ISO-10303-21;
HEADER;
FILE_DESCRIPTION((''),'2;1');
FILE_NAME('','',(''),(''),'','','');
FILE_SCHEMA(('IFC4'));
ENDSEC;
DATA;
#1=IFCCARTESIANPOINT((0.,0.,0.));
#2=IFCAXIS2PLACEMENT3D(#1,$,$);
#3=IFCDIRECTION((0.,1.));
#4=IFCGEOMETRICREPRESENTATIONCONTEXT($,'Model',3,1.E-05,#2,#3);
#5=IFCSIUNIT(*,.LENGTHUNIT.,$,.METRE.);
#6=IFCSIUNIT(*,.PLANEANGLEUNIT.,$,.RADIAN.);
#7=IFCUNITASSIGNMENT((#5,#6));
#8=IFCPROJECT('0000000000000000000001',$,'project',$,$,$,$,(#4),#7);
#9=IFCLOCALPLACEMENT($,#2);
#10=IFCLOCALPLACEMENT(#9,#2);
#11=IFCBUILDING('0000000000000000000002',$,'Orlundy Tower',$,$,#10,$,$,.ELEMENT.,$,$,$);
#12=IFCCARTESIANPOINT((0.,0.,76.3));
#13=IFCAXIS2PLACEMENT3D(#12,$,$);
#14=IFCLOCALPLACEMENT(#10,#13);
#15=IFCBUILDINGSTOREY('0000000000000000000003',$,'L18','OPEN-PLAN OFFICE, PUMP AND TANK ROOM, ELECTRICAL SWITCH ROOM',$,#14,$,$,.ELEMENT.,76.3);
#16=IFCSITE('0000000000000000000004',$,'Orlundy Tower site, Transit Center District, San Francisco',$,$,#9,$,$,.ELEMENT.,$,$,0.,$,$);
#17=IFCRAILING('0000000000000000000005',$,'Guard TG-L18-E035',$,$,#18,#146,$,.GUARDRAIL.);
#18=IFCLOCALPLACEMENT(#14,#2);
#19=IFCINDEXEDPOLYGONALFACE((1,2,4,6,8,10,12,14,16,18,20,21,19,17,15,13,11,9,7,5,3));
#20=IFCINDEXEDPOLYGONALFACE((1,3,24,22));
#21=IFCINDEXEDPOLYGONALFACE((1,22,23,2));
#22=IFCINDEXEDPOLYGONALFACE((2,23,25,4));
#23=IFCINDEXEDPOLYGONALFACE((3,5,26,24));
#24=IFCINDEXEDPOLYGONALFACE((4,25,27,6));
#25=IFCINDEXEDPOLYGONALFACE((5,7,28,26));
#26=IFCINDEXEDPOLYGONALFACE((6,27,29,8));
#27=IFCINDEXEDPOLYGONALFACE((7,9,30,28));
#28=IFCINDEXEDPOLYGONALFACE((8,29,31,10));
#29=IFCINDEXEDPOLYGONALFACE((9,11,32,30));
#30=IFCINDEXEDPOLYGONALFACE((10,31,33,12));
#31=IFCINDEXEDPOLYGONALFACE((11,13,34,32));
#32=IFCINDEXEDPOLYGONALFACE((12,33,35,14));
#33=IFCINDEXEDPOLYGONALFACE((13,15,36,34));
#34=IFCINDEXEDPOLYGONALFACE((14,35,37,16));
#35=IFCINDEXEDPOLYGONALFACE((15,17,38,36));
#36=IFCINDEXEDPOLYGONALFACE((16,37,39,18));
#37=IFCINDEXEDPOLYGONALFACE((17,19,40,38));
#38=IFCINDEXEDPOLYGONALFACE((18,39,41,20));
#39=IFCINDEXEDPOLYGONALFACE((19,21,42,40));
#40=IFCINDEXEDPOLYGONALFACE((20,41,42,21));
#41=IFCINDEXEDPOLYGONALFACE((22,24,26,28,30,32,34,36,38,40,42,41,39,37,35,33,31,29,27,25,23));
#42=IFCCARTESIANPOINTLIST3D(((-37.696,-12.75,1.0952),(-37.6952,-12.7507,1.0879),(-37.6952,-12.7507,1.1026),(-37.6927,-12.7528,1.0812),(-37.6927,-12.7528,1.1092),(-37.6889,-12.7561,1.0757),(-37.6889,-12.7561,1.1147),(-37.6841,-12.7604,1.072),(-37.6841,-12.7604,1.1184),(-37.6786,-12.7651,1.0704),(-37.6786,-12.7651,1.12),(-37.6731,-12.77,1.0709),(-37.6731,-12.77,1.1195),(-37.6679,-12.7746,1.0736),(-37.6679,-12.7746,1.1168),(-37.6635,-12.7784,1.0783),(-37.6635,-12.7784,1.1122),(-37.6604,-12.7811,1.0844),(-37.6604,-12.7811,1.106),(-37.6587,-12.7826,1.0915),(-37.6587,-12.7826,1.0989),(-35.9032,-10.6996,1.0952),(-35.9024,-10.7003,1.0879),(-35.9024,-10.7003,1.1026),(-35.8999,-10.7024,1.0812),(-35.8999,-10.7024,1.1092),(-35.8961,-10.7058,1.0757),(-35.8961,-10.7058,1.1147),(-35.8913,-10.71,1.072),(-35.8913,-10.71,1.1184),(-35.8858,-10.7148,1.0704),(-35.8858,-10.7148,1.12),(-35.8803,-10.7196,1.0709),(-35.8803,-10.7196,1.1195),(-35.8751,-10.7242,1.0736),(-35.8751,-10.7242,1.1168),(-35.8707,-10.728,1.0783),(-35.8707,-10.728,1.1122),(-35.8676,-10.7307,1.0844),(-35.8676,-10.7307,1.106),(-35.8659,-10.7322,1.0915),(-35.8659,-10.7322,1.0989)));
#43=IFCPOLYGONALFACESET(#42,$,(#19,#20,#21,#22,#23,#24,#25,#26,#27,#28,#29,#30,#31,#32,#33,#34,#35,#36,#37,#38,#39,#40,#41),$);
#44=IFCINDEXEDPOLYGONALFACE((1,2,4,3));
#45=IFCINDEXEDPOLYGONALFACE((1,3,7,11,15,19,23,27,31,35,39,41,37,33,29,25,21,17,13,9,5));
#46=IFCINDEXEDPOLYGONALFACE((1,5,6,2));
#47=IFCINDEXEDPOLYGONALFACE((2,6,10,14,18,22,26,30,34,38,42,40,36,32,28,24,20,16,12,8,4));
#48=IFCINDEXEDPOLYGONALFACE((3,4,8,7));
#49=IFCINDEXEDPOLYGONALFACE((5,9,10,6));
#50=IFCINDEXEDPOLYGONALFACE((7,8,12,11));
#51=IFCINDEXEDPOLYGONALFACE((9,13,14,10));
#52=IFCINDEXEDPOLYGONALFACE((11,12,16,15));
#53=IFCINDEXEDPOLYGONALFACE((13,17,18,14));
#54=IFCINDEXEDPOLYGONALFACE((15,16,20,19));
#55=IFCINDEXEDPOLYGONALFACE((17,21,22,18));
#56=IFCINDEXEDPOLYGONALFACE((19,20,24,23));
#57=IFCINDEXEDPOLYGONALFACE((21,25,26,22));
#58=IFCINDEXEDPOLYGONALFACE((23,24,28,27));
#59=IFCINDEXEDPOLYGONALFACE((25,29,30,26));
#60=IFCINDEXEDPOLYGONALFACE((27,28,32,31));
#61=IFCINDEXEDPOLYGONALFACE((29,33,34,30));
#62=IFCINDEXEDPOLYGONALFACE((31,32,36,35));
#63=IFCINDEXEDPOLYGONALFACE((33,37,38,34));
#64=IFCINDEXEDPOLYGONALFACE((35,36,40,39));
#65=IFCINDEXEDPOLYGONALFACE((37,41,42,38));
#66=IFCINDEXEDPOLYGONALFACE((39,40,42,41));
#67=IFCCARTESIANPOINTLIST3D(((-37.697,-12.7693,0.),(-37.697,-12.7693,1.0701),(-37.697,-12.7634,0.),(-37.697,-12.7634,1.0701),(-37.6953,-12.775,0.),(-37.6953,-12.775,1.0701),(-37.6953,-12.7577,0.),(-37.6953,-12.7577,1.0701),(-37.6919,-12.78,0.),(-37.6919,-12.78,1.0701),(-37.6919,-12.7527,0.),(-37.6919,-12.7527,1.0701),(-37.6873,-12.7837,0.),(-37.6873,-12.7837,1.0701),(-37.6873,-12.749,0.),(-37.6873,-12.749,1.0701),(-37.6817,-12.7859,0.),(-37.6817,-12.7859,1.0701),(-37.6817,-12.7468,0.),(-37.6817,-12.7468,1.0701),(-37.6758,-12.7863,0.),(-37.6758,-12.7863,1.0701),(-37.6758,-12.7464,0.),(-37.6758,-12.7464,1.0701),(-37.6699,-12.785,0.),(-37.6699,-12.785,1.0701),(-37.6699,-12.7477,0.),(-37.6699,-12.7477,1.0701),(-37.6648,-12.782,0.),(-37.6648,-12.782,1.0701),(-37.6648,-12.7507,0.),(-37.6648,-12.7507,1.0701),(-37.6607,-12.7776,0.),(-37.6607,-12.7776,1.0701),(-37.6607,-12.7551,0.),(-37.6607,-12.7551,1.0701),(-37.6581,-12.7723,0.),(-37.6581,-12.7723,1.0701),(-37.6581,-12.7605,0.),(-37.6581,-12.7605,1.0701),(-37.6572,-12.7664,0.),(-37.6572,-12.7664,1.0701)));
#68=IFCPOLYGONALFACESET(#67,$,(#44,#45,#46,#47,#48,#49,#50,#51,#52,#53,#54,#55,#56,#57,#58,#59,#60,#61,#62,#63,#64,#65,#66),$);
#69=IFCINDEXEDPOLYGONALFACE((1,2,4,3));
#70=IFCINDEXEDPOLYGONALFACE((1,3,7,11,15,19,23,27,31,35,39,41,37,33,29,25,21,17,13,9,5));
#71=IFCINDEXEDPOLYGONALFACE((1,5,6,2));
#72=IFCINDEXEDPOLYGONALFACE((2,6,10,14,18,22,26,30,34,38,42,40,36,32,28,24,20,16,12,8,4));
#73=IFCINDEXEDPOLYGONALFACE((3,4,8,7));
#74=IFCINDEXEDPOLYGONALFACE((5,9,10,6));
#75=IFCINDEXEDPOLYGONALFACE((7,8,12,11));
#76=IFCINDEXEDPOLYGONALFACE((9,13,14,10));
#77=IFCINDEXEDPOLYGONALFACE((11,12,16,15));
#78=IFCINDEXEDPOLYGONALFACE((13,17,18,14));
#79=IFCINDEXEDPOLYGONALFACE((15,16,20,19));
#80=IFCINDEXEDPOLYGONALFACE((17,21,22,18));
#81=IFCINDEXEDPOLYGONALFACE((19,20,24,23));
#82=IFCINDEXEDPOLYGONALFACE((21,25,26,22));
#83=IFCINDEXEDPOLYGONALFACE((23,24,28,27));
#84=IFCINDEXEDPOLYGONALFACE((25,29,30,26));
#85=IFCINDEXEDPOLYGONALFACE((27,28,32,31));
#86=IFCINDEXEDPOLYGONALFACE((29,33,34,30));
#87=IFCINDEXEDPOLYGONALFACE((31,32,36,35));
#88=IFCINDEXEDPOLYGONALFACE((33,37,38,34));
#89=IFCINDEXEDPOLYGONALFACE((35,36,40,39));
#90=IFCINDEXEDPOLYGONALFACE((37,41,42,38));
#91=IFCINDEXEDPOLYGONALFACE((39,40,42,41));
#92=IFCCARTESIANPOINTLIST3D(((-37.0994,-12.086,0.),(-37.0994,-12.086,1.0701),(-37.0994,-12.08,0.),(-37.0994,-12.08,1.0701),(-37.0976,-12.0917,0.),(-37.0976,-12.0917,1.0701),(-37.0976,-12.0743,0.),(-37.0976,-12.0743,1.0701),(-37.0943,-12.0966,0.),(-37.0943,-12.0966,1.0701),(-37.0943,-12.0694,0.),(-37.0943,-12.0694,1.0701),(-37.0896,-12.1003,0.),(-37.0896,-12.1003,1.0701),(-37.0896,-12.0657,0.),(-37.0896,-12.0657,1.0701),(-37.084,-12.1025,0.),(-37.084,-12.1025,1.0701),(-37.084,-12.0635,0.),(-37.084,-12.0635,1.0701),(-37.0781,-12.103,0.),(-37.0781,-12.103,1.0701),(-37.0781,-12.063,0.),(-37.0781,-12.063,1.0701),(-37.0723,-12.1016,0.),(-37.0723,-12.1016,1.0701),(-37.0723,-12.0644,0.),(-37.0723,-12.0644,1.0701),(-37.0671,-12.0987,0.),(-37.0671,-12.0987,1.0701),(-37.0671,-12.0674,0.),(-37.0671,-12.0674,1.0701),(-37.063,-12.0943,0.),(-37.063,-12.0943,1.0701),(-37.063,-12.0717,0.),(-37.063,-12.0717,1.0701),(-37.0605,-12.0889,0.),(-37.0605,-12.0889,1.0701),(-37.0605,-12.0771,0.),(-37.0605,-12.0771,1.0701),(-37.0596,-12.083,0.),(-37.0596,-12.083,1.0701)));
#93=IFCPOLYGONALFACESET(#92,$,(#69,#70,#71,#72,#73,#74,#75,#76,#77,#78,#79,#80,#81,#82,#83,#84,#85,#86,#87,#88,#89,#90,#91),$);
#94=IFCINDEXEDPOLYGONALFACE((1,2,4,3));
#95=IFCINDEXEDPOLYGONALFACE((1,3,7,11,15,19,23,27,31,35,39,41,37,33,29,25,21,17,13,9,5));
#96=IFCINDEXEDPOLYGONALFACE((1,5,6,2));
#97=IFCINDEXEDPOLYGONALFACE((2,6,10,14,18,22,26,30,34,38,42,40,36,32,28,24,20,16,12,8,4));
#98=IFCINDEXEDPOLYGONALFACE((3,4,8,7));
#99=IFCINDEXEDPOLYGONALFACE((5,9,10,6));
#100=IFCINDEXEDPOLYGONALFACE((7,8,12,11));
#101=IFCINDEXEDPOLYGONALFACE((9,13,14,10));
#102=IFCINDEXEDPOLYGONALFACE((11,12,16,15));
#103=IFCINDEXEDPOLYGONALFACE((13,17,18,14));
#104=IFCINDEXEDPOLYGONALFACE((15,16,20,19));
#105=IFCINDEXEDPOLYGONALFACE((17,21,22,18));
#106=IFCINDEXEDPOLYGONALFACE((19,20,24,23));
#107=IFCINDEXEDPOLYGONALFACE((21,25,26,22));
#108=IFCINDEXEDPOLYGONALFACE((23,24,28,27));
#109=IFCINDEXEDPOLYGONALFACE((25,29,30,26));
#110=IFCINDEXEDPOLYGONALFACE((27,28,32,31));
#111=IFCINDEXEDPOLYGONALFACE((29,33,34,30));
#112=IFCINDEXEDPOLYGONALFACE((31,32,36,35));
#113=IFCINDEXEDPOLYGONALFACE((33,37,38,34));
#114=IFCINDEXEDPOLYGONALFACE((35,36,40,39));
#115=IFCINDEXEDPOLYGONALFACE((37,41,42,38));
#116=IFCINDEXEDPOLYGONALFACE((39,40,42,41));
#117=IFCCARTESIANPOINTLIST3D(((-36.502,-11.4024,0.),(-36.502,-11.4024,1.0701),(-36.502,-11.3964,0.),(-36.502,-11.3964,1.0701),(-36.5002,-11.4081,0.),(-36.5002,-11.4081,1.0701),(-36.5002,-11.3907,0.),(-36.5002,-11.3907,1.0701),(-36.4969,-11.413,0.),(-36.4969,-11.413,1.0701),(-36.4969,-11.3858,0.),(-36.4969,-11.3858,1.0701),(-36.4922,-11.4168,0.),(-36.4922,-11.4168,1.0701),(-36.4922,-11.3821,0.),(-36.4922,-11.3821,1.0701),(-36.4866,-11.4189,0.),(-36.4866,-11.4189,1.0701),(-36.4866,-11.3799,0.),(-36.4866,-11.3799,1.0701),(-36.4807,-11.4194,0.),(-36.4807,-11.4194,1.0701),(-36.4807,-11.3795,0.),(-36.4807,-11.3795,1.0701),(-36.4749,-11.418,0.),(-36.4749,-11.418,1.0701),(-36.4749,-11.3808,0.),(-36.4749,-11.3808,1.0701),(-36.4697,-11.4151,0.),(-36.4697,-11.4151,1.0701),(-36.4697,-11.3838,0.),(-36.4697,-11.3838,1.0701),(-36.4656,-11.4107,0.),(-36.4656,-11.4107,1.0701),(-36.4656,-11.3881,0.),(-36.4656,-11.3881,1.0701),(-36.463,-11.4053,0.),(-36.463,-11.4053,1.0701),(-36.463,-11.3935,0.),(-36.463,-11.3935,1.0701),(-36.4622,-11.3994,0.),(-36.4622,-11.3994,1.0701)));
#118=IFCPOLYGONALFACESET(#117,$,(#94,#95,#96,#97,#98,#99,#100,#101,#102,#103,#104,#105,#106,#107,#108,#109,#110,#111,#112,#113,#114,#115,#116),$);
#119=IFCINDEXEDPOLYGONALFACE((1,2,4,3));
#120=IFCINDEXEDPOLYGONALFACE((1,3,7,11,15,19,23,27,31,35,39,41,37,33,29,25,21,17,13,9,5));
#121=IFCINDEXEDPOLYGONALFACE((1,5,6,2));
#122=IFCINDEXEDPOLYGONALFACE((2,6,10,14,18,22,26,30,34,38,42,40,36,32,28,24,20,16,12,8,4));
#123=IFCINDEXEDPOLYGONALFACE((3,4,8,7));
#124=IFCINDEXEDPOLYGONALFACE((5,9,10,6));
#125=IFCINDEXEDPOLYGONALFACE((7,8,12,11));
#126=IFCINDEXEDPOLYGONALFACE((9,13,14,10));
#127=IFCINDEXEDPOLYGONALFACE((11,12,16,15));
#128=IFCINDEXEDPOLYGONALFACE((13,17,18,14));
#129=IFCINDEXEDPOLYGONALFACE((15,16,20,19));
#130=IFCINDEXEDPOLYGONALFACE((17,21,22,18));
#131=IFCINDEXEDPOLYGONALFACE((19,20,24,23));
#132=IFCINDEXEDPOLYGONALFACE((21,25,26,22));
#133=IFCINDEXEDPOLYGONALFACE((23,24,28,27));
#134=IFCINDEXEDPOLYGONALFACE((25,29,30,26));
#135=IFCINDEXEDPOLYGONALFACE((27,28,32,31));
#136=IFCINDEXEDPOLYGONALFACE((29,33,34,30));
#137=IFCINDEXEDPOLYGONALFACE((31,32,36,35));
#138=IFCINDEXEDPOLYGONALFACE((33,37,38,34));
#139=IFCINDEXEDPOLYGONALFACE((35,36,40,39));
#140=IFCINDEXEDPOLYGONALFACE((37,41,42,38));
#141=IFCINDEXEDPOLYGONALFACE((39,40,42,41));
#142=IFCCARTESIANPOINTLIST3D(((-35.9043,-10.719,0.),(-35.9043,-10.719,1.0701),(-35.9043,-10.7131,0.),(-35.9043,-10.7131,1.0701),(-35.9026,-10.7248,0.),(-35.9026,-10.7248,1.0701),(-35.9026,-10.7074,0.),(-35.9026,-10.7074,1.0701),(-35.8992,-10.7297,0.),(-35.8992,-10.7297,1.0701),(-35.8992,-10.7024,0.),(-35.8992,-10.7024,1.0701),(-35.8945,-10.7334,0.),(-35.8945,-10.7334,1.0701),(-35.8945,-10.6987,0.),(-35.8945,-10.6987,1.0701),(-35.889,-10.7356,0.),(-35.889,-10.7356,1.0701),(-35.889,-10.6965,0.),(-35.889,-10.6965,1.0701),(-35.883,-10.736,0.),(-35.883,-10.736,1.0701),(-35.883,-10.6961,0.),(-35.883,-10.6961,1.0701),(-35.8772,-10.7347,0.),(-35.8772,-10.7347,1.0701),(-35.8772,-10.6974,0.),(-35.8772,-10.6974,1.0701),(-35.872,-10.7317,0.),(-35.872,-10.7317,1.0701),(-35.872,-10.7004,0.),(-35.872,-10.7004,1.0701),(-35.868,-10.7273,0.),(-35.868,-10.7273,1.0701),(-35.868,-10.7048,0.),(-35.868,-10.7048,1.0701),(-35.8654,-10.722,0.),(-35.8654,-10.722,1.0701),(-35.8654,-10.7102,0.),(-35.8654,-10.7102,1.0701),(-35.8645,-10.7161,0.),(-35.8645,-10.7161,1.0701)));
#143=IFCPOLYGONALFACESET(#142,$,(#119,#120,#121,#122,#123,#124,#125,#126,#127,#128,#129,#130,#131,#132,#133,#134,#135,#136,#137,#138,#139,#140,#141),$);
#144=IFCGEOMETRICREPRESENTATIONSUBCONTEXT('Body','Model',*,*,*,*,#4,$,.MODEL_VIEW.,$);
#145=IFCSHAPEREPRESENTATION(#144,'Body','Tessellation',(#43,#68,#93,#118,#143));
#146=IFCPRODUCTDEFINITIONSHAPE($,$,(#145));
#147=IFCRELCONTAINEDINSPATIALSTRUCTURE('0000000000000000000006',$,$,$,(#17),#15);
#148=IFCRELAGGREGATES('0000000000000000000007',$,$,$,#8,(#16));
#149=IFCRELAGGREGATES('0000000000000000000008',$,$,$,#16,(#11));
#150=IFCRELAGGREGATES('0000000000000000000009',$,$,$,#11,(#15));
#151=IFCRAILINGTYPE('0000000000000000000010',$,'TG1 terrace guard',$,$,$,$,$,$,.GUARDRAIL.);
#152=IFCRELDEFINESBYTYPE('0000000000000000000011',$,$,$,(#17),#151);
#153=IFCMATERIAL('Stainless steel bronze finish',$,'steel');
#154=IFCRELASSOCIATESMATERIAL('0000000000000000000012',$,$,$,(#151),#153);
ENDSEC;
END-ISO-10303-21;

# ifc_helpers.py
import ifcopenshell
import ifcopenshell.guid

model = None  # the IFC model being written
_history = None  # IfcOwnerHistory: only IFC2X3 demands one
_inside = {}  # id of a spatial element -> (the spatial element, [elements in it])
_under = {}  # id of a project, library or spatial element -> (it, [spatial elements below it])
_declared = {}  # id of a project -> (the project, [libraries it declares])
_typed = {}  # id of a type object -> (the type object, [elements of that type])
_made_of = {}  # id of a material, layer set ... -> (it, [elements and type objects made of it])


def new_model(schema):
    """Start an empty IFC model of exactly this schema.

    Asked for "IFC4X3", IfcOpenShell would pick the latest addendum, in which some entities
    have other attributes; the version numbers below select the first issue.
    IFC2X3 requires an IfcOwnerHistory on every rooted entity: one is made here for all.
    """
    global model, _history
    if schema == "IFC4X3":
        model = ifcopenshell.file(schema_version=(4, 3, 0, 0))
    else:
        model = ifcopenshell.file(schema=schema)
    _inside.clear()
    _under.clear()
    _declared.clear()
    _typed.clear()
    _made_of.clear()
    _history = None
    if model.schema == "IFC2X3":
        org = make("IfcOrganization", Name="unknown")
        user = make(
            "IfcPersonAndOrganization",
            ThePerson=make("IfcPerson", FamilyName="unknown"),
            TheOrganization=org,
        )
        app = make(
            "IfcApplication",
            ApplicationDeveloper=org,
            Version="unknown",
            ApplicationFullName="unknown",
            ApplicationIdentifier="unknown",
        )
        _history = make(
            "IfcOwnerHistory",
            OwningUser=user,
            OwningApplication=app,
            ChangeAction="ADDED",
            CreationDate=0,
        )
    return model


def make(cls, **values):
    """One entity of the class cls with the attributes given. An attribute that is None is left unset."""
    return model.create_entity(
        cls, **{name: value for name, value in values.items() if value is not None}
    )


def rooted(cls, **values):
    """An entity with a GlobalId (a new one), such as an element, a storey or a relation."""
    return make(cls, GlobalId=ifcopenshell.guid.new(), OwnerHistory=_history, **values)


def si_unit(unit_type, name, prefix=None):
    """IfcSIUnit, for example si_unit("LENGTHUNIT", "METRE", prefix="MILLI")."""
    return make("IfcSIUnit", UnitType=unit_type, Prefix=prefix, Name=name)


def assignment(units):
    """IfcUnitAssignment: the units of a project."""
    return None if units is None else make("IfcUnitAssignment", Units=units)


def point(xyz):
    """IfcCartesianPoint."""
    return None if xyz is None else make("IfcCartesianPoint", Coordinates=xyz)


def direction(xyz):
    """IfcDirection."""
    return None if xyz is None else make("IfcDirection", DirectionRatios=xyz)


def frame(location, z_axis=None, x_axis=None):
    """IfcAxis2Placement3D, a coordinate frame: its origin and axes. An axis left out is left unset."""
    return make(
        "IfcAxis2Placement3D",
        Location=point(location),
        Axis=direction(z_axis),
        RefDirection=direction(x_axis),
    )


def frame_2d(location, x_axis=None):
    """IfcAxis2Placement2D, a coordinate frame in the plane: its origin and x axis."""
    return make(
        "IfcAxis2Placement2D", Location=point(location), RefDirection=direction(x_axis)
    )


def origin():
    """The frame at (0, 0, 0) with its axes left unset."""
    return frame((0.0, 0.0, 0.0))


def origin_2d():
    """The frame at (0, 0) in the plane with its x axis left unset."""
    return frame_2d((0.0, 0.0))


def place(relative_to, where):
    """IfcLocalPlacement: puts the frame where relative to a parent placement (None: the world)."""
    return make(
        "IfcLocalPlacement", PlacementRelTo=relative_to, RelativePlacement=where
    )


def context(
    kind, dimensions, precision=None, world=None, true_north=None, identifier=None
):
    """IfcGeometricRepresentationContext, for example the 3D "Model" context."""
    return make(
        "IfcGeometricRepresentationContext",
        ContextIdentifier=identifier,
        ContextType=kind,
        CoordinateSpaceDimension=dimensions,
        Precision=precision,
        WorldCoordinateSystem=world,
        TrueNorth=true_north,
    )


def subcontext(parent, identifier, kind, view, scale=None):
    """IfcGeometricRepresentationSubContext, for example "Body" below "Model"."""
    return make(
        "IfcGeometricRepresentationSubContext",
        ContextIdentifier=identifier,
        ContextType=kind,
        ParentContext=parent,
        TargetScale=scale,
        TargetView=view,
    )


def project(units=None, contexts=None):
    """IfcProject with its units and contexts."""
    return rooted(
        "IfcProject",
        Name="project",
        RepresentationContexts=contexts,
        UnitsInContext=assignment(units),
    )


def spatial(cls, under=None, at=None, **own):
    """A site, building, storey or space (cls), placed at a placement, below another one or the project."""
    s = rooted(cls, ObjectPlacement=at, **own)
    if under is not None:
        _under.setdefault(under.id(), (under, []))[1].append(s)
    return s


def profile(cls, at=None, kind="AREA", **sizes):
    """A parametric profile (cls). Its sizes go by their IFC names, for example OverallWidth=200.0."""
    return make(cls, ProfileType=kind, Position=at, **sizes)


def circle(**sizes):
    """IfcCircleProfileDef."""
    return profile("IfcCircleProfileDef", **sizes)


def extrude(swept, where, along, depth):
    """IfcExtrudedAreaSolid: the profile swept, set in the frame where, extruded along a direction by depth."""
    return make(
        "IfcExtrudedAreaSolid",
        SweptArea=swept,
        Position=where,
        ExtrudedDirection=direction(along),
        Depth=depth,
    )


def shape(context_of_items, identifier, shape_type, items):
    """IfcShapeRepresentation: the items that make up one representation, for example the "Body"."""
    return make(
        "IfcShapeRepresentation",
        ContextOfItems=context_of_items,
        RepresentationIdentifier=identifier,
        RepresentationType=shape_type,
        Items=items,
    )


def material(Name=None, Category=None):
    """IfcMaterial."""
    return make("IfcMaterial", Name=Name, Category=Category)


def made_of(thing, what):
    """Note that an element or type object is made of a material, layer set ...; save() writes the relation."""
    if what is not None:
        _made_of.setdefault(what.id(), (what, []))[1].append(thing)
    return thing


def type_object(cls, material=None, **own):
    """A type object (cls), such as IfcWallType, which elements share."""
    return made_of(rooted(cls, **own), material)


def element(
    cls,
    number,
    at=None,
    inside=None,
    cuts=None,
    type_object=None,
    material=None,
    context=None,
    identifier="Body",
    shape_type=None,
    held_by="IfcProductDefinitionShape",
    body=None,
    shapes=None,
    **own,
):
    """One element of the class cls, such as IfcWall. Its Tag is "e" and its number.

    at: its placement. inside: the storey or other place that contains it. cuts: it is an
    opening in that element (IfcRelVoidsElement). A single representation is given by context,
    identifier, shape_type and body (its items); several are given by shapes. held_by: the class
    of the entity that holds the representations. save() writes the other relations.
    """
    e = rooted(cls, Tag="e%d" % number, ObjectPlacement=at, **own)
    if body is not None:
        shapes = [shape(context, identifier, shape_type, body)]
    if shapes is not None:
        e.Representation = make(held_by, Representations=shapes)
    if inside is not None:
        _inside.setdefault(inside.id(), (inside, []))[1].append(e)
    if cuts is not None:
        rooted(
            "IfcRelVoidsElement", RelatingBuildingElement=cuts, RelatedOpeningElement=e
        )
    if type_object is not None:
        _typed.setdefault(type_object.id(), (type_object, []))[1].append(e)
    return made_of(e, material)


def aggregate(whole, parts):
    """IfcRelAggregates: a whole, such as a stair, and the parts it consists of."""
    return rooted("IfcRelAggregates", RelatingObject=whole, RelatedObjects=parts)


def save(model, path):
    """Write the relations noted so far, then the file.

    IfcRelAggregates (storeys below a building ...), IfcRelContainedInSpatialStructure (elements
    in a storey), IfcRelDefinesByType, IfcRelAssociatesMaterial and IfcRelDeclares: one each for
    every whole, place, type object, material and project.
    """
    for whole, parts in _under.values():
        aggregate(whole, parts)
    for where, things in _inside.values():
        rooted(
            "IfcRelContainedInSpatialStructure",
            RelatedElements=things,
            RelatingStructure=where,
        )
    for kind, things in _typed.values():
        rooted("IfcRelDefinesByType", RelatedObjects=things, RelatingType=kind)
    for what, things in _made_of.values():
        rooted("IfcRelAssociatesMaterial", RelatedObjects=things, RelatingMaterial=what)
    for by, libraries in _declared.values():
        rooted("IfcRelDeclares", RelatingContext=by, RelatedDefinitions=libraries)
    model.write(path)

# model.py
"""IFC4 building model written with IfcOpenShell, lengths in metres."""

from ifc_helpers import new_model, si_unit, direction, frame, origin, origin_2d, place, context, subcontext, project, spatial, circle, extrude, material, type_object, element, save


model = new_model("IFC4")

# Units and contexts
model_context = context("Model", 3, precision=1e-05, world=origin(), true_north=direction((0.0, 1.0)))
body_context = subcontext(model_context, "Body", "Model", "MODEL_VIEW")
ifc_project = project(units=[si_unit("LENGTHUNIT", "METRE"), si_unit("PLANEANGLEUNIT", "RADIAN")], contexts=[model_context])

# Site, building, storey
site_placement = place(None, origin())
site = spatial("IfcSite", under=ifc_project, at=site_placement, Name="Orlundy Tower site, Transit Center District, San Francisco", CompositionType="ELEMENT", RefElevation=0.0)
building_placement = place(site_placement, origin())
building = spatial("IfcBuilding", under=site, at=building_placement, Name="Orlundy Tower", CompositionType="ELEMENT")
storey_placement = place(building_placement, frame((0.0, 0.0, 76.3)))
storey = spatial("IfcBuildingStorey", under=building, at=storey_placement, Name="L18", Description="OPEN-PLAN OFFICE, PUMP AND TANK ROOM, ELECTRICAL SWITCH ROOM", CompositionType="ELEMENT", Elevation=76.3)

# Railing
ifc_material_1 = material(Name="Stainless steel bronze finish", Category="steel")
railing_type = type_object("IfcRailingType", Name="TG1 terrace guard", PredefinedType="GUARDRAIL", material=ifc_material_1)
railing_1_placement = place(storey_placement, frame((-37.6772, -12.7664, 0.0)))
element("IfcRailing", 1, at=railing_1_placement, inside=storey, type_object=railing_type, Name="Guard TG-L18-E035", PredefinedType="GUARDRAIL", context=body_context, shape_type="SweptSolid", body=[
    extrude(circle(Radius=0.0249, at=origin_2d()), frame((0.0, 0.0, 1.0952), z_axis=(0.658238, 0.75281, 0.0), x_axis=(-0.75281, 0.658238, 0.0)), (0.0, 0.0, 1.0), 2.7236),
    extrude(circle(Radius=0.02, at=origin_2d()), origin(), (0.0, 0.0, 1.0), 1.0701),
    extrude(circle(Radius=0.02, at=origin_2d()), frame((0.5977, 0.6833, 0.0)), (0.0, 0.0, 1.0), 1.0701),
    extrude(circle(Radius=0.02, at=origin_2d()), frame((1.1951, 1.3669, 0.0)), (0.0, 0.0, 1.0), 1.0701),
    extrude(circle(Radius=0.02, at=origin_2d()), frame((1.7927, 2.0503, 0.0)), (0.0, 0.0, 1.0), 1.0701),
])

save(model, "model.ifc")
